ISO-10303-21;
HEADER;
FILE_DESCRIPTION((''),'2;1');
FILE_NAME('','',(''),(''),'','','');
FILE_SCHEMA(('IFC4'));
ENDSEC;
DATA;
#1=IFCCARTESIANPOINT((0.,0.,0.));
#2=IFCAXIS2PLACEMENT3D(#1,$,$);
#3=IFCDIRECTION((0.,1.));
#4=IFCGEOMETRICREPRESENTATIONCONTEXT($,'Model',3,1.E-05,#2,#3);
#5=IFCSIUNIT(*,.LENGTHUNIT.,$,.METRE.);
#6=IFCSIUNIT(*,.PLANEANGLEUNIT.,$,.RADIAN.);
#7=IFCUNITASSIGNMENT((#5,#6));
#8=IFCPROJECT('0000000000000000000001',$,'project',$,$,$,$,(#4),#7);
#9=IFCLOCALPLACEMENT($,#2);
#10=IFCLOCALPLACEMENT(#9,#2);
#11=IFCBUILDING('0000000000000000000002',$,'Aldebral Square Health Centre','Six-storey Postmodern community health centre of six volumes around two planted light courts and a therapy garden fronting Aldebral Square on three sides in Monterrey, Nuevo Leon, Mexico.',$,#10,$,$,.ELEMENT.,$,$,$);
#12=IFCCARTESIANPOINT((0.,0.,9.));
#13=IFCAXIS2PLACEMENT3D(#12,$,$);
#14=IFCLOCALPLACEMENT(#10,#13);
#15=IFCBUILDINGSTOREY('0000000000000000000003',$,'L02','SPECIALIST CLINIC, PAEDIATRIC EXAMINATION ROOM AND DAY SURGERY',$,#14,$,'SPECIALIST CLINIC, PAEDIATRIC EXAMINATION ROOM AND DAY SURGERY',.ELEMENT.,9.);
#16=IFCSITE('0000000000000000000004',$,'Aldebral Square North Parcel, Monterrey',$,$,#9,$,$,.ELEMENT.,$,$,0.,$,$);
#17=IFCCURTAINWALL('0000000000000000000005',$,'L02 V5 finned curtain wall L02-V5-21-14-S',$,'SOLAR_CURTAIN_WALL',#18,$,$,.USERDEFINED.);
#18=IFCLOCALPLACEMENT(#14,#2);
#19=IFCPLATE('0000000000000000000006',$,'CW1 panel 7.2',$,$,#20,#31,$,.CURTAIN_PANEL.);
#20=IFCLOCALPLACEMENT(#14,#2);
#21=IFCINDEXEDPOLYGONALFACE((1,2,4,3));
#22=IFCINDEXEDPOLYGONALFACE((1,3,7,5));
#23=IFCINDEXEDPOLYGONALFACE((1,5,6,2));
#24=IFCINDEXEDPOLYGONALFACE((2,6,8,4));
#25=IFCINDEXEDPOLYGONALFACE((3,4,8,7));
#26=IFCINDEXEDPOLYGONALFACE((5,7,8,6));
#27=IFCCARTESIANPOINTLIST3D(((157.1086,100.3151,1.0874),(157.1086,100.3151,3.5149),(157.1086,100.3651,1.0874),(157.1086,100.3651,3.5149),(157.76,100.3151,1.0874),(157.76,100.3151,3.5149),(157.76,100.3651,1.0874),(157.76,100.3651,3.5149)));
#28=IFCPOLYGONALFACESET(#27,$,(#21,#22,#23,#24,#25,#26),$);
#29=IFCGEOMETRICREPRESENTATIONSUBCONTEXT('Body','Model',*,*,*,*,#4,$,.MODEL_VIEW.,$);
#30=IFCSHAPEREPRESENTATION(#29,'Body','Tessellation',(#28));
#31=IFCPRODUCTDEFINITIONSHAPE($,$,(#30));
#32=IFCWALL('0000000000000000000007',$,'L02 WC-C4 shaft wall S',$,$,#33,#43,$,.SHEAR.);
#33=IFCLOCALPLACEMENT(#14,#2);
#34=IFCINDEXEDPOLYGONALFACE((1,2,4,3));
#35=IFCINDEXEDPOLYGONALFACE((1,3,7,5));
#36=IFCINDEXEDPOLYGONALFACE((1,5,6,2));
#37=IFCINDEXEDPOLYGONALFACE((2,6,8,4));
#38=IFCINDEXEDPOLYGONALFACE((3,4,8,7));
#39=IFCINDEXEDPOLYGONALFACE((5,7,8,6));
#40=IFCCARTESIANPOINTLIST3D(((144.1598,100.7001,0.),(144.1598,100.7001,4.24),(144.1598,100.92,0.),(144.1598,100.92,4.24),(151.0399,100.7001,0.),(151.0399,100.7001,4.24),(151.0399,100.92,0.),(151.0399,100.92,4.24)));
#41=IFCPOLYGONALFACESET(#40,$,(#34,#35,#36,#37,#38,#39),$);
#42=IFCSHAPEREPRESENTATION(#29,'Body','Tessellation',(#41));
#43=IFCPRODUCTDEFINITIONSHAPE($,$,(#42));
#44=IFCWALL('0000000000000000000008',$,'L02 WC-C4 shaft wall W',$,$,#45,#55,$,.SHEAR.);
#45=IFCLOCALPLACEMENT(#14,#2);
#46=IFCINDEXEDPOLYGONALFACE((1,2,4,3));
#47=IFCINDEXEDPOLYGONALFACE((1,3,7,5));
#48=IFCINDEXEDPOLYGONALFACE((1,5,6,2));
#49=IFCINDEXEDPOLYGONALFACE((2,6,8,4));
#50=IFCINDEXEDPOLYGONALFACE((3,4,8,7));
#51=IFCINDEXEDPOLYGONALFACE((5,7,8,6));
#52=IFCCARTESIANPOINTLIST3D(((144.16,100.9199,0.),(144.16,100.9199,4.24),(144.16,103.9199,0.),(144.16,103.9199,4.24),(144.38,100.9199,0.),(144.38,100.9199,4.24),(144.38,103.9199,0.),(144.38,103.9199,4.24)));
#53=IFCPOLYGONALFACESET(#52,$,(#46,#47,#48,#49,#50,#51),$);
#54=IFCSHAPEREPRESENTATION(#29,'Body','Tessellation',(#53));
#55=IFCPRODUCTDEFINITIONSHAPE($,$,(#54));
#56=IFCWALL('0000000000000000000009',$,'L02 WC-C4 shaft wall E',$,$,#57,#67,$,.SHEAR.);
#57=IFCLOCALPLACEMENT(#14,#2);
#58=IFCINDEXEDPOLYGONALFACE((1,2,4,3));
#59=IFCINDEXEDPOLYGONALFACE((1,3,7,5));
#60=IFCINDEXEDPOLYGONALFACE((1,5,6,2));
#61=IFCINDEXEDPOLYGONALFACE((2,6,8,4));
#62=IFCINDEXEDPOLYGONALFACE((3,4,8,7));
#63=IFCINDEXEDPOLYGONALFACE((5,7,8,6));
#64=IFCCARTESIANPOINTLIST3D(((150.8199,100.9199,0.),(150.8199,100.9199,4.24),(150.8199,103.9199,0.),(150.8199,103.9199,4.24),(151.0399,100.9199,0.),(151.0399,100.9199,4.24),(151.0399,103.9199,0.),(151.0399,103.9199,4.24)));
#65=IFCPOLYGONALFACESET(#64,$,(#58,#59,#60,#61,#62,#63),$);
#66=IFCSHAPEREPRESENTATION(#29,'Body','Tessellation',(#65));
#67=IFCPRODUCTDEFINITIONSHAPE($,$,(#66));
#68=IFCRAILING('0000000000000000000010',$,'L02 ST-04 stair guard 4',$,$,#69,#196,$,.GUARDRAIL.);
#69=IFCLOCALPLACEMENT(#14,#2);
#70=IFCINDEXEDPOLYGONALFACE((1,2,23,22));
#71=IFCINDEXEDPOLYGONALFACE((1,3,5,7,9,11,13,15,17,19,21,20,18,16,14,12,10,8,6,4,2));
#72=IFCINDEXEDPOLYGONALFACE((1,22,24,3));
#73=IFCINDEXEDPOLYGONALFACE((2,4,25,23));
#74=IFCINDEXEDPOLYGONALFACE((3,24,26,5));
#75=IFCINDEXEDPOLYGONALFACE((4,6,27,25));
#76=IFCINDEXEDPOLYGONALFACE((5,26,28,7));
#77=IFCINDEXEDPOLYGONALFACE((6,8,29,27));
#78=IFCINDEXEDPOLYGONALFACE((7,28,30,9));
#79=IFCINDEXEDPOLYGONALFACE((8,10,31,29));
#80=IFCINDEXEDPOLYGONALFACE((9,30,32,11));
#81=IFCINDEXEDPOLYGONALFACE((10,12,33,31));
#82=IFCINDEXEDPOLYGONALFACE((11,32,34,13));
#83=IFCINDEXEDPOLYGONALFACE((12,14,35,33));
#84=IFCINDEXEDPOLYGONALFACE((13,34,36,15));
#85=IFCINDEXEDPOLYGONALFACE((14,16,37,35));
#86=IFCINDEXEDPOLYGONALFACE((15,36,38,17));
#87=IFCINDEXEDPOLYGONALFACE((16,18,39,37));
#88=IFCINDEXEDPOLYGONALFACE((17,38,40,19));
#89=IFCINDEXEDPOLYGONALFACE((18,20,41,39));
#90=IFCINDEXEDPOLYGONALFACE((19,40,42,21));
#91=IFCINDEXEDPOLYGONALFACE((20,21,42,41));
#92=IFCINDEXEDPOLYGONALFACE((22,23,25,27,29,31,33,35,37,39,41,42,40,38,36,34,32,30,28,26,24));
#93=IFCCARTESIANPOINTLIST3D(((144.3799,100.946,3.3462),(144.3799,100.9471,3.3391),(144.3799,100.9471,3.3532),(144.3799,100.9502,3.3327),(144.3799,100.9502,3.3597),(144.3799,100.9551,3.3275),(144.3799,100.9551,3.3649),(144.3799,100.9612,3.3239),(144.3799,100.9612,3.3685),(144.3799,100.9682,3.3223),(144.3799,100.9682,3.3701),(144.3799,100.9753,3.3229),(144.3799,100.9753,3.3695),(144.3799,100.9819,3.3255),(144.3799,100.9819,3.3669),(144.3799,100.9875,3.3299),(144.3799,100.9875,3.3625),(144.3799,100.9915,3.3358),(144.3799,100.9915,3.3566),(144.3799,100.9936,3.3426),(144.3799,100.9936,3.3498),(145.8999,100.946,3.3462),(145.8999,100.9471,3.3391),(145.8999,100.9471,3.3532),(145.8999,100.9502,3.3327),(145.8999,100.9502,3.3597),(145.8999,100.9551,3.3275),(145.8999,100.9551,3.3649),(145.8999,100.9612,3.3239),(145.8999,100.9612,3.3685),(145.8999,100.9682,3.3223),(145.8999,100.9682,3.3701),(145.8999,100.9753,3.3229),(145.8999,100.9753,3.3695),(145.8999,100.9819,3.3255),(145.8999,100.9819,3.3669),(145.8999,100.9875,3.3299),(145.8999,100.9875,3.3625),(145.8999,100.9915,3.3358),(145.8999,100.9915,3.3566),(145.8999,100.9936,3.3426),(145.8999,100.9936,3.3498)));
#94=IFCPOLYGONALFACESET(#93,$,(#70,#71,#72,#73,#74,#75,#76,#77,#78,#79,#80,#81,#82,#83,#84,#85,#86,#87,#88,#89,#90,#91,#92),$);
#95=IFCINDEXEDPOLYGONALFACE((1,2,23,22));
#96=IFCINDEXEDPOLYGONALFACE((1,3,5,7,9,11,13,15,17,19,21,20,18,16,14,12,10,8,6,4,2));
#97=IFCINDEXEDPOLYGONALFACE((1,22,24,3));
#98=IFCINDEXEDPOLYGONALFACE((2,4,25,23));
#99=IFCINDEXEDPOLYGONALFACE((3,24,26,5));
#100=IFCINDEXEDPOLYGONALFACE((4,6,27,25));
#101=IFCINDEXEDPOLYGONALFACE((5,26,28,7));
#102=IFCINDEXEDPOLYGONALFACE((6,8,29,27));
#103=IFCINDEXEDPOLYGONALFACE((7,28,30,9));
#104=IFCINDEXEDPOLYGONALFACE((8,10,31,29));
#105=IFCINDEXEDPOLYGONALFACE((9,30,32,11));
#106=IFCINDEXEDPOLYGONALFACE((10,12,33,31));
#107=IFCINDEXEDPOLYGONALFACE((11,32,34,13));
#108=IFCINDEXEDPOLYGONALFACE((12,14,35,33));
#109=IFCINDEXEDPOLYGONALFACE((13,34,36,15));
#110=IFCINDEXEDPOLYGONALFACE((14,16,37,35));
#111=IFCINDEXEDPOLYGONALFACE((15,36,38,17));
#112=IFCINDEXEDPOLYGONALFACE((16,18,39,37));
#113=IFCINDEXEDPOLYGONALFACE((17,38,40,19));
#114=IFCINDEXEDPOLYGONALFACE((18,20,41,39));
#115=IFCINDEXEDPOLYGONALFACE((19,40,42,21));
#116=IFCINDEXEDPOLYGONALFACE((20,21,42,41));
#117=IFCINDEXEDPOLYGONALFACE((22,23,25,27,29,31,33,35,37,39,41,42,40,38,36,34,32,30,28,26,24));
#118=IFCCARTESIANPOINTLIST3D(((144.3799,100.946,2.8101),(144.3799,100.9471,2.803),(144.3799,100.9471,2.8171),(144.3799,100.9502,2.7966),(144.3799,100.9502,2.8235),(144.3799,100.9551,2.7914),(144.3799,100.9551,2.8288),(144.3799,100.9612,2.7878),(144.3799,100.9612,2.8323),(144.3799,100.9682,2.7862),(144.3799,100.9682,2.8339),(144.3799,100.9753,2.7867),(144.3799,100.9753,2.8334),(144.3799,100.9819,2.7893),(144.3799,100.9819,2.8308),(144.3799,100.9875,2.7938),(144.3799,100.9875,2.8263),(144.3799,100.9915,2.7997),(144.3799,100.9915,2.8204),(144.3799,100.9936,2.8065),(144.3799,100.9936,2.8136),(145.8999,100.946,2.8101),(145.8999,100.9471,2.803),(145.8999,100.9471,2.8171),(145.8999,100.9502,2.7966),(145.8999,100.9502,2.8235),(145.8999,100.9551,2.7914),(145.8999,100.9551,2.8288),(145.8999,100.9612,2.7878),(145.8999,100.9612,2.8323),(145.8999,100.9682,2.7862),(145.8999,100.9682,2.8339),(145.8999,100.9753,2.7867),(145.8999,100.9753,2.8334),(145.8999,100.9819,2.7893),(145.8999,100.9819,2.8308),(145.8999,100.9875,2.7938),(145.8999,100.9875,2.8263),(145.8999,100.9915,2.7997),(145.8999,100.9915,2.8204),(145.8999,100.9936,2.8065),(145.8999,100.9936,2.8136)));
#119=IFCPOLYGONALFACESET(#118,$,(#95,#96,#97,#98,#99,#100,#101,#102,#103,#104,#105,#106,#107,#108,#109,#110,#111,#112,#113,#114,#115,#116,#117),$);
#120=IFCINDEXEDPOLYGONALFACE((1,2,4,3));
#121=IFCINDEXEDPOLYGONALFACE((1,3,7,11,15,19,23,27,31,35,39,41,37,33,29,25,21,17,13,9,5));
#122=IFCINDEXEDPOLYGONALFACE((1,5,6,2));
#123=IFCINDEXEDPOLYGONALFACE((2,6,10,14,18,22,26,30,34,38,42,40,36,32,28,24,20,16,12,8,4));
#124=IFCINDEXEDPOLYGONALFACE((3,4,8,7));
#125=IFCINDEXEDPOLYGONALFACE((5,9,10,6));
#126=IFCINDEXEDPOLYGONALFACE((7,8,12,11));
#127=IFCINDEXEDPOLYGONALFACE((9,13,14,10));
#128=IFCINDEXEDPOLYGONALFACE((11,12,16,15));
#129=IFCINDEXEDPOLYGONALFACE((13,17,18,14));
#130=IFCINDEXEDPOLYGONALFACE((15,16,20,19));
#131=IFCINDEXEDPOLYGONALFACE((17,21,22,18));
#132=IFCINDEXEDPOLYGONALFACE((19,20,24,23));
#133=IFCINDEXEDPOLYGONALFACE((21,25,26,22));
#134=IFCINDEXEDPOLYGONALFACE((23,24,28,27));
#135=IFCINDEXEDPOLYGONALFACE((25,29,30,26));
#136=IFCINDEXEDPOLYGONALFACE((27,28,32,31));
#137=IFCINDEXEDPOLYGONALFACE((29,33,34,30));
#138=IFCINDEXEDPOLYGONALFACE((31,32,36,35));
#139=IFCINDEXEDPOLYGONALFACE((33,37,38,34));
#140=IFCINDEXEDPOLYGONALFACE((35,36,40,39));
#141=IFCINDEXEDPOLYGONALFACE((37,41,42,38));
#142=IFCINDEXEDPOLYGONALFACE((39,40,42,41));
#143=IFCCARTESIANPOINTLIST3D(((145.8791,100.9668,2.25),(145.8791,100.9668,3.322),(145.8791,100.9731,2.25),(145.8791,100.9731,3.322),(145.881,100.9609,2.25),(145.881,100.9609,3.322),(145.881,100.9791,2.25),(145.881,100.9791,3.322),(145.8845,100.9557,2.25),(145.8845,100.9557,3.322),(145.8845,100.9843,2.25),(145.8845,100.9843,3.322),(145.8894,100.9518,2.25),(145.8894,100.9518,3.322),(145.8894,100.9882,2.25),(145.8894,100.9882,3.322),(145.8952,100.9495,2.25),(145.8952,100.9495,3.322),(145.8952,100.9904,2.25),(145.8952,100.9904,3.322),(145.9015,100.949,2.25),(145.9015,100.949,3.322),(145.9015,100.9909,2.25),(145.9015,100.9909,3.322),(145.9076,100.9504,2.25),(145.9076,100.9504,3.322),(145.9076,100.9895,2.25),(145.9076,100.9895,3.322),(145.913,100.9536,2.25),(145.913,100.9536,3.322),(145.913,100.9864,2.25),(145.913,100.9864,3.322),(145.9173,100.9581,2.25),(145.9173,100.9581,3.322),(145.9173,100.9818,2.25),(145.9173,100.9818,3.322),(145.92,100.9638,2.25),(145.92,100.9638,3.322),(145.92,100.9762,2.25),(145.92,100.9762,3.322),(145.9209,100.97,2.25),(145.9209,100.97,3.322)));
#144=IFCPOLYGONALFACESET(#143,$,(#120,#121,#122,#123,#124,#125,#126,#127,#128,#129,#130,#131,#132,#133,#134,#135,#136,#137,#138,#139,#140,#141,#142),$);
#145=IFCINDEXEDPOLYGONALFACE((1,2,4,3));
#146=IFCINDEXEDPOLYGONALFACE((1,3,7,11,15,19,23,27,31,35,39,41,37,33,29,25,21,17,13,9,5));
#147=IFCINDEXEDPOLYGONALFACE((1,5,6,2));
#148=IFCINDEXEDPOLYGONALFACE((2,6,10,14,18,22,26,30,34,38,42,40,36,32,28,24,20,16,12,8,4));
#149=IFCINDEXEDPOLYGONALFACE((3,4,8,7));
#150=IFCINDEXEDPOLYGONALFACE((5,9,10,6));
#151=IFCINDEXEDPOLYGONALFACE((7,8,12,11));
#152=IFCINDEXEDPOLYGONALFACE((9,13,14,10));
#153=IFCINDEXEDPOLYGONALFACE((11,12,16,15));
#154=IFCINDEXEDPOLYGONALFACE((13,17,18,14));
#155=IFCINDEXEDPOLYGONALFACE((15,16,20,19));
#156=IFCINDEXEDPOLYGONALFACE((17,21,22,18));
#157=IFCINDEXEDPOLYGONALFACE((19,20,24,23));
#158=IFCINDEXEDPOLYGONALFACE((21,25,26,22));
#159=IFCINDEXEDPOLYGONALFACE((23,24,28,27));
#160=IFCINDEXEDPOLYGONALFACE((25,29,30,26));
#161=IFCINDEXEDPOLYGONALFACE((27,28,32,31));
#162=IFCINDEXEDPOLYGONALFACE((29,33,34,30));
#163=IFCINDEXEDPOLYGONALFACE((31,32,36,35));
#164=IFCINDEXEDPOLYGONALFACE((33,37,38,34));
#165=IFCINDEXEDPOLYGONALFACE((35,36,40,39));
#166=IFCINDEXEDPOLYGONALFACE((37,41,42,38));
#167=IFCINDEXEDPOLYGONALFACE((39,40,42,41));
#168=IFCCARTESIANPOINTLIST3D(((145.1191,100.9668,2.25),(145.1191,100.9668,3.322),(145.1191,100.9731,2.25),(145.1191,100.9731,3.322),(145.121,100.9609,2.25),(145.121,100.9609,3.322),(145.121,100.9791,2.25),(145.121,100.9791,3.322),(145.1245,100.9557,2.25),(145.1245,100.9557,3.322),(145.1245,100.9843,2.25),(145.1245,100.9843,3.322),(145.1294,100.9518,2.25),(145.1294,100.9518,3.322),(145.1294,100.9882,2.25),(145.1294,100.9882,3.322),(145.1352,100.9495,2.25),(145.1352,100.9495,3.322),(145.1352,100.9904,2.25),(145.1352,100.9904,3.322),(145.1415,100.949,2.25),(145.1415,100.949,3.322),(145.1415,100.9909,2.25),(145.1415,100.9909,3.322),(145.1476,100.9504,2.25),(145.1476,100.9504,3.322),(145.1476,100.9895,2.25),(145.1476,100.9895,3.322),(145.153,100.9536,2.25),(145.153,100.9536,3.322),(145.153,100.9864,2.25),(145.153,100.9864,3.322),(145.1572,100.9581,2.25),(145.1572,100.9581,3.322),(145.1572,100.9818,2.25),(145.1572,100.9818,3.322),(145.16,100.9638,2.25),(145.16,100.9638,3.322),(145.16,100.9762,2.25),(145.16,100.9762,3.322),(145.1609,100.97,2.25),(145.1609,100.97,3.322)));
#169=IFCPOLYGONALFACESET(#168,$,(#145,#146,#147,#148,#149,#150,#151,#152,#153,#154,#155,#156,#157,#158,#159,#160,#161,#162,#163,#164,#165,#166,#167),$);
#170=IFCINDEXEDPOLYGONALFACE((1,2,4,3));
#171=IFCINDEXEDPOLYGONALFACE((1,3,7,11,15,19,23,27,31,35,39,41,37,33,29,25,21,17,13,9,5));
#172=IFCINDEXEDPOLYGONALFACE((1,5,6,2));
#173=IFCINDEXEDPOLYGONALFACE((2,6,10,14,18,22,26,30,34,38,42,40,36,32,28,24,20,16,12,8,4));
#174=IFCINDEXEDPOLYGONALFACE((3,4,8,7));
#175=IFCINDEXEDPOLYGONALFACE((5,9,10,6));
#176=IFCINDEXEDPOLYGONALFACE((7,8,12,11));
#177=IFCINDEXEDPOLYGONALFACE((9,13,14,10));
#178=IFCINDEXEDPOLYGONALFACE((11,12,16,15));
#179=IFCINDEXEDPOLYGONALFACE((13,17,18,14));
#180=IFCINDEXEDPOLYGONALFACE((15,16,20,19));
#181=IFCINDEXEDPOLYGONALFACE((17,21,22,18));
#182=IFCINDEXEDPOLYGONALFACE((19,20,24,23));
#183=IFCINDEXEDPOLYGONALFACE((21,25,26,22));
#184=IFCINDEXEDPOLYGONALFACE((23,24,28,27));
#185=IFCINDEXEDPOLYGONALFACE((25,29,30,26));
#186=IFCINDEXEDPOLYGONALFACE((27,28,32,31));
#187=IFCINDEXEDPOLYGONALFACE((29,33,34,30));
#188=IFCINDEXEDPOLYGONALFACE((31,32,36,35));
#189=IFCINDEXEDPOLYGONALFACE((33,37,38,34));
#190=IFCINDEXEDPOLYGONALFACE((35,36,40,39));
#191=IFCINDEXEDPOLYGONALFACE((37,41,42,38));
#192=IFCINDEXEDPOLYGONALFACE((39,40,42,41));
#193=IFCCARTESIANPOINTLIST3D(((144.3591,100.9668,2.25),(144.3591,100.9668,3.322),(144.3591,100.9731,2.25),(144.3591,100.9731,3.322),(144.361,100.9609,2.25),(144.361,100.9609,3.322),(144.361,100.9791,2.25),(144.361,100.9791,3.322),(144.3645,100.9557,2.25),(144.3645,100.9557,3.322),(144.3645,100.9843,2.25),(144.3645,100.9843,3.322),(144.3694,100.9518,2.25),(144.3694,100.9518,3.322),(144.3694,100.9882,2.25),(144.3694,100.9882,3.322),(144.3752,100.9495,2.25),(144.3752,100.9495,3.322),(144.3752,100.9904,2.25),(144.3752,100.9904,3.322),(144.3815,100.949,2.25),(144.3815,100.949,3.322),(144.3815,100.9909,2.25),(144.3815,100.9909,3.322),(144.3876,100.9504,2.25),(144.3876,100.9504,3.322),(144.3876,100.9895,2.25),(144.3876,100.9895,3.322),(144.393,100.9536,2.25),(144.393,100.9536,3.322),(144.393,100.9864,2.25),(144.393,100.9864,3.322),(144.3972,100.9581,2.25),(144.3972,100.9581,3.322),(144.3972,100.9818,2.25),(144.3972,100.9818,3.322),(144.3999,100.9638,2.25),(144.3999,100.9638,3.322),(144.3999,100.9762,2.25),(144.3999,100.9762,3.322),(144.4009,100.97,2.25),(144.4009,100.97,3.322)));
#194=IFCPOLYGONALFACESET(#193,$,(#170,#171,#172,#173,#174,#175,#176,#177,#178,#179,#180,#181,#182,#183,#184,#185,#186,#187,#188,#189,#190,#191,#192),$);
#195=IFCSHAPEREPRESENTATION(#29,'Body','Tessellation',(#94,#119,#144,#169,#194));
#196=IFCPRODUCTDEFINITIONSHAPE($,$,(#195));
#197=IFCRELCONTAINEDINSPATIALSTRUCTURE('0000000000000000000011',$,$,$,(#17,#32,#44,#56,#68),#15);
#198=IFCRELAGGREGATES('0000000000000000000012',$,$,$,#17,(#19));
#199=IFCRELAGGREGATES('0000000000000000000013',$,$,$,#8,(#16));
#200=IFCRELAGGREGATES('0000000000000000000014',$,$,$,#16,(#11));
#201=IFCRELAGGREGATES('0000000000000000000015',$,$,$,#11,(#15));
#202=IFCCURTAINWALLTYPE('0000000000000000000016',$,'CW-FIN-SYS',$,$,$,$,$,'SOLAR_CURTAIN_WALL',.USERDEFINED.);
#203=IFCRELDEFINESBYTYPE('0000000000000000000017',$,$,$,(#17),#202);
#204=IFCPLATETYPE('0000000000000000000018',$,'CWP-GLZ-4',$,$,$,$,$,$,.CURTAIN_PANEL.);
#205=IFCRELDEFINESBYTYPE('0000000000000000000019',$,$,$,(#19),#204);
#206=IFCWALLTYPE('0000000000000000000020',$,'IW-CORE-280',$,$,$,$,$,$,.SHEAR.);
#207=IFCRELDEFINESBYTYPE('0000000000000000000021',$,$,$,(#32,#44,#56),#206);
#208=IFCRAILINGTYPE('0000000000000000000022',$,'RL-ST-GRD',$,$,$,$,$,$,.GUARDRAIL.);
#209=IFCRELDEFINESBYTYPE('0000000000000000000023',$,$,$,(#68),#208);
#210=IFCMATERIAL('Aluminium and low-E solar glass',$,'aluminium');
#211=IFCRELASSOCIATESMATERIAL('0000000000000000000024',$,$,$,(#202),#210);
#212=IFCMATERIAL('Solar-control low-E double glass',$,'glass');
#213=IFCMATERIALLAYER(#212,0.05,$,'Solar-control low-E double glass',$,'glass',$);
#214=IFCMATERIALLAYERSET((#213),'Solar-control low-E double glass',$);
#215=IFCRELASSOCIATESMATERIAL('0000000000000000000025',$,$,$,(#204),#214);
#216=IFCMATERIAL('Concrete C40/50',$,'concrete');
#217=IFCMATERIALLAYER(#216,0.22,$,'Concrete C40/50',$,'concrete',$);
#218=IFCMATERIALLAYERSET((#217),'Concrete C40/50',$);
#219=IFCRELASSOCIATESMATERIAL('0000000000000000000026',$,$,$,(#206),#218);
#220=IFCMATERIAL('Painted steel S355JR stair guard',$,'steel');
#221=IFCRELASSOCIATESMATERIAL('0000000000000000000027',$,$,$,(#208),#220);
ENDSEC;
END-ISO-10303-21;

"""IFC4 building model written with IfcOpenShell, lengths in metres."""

from ifc_helpers import new_model, si_unit, direction, frame, frame_2d, origin, origin_2d, place, context, subcontext, project, spatial, rectangle, circle, extrude, material, layer, layer_set, type_object, element, aggregate, save


model = new_model("IFC4")

# Units and contexts
model_context = context("Model", 3, precision=1e-05, world=origin(), true_north=direction((0.0, 1.0)))
body_context = subcontext(model_context, "Body", "Model", "MODEL_VIEW")
ifc_project = project(units=[si_unit("LENGTHUNIT", "METRE"), si_unit("PLANEANGLEUNIT", "RADIAN")], contexts=[model_context])

# Site, building, storey
site_placement = place(None, origin())
site = spatial("IfcSite", under=ifc_project, at=site_placement, Name="Aldebral Square North Parcel, Monterrey", CompositionType="ELEMENT", RefElevation=0.0)
building_placement = place(site_placement, origin())
building = spatial("IfcBuilding", under=site, at=building_placement, Name="Aldebral Square Health Centre", Description="Six-storey Postmodern community health centre of six volumes around two planted light courts and a therapy garden fronting Aldebral Square on three sides in Monterrey, Nuevo Leon, Mexico.", CompositionType="ELEMENT")
storey_placement = place(building_placement, frame((0.0, 0.0, 9.0)))
storey = spatial("IfcBuildingStorey", under=building, at=storey_placement, Name="L02", Description="SPECIALIST CLINIC, PAEDIATRIC EXAMINATION ROOM AND DAY SURGERY", LongName="SPECIALIST CLINIC, PAEDIATRIC EXAMINATION ROOM AND DAY SURGERY", CompositionType="ELEMENT", Elevation=9.0)

# Shared definitions
ifc_material_1 = material(Name="Concrete C40/50", Category="concrete")

# Curtain wall, plate
ifc_material_2 = material(Name="Aluminium and low-E solar glass", Category="aluminium")
curtain_wall_type = type_object("IfcCurtainWallType", Name="CW-FIN-SYS", ElementType="SOLAR_CURTAIN_WALL", PredefinedType="USERDEFINED", material=ifc_material_2)
curtain_wall_placement = place(storey_placement, origin())
curtain_wall = element("IfcCurtainWall", 1, at=curtain_wall_placement, inside=storey, type_object=curtain_wall_type, Name="L02 V5 finned curtain wall L02-V5-21-14-S", ObjectType="SOLAR_CURTAIN_WALL", PredefinedType="USERDEFINED")
ifc_material_3 = material(Name="Solar-control low-E double glass", Category="glass")
ifc_layer_1 = layer(ifc_material_3, 0.05, Name="Solar-control low-E double glass", Category="glass")
ifc_layer_set_1 = layer_set([ifc_layer_1], Name="Solar-control low-E double glass")
plate_type = type_object("IfcPlateType", Name="CWP-GLZ-4", PredefinedType="CURTAIN_PANEL", material=ifc_layer_set_1)
plate_1_placement = place(storey_placement, frame((157.4343, 100.3401, 1.0874), z_axis=(0.0, 0.0, 1.0), x_axis=(1.0, 0.0, 0.0)))
plate_1 = element("IfcPlate", 2, at=plate_1_placement, type_object=plate_type, Name="CW1 panel 7.2", PredefinedType="CURTAIN_PANEL", context=body_context, shape_type="SweptSolid", body=[
    extrude(rectangle(XDim=0.6514, YDim=0.05, at=origin_2d()), origin(), (0.0, 0.0, 1.0), 2.4275),
])
aggregate(curtain_wall, [plate_1])

# Walls
ifc_layer_2 = layer(ifc_material_1, 0.22, Name="Concrete C40/50", Category="concrete")
ifc_layer_set_2 = layer_set([ifc_layer_2], Name="Concrete C40/50")
wall_type = type_object("IfcWallType", Name="IW-CORE-280", PredefinedType="SHEAR", material=ifc_layer_set_2)
wall_placement = place(storey_placement, frame((144.1599, 100.8101, 0.0), z_axis=(0.0, 0.0, 1.0), x_axis=(1.0, 0.0, 0.0)))
element("IfcWall", 3, at=wall_placement, inside=storey, type_object=wall_type, Name="L02 WC-C4 shaft wall S", PredefinedType="SHEAR", context=body_context, shape_type="SweptSolid", body=[
    extrude(rectangle(XDim=6.8801, YDim=0.22, at=frame_2d((3.4399, 0.0))), origin(), (0.0, 0.0, 1.0), 4.24),
])
for number, where, z_axis, x_axis, name in (
    (4, (144.27, 100.9199, 0.0), (0.0, 0.0, 1.0), (0.0, 1.0, 0.0), "L02 WC-C4 shaft wall W"),
    (5, (150.9299, 100.9199, 0.0), (0.0, 0.0, 1.0), (0.0, 1.0, 0.0), "L02 WC-C4 shaft wall E"),
):
    element("IfcWall", number, at=place(storey_placement, frame(where, z_axis=z_axis, x_axis=x_axis)), inside=storey, type_object=wall_type, Name=name, PredefinedType="SHEAR", context=body_context, shape_type="SweptSolid", body=[
        extrude(rectangle(XDim=3.0, YDim=0.22, at=frame_2d((1.5, 0.0))), origin(), (0.0, 0.0, 1.0), 4.24),
    ])

# Railing
ifc_material_4 = material(Name="Painted steel S355JR stair guard", Category="steel")
railing_type_1 = type_object("IfcRailingType", Name="RL-ST-GRD", PredefinedType="GUARDRAIL", material=ifc_material_4)
railing_1_placement = place(storey_placement, frame((145.8999, 100.97, 2.25)))
element("IfcRailing", 6, at=railing_1_placement, inside=storey, type_object=railing_type_1, Name="L02 ST-04 stair guard 4", PredefinedType="GUARDRAIL", context=body_context, shape_type="SweptSolid", body=[
    extrude(circle(Radius=0.0239, at=origin_2d()), frame((0.0, 0.0, 1.0962), z_axis=(-1.0, 0.0, 0.0), x_axis=(0.0, -1.0, 0.0)), (0.0, 0.0, 1.0), 1.52),
    extrude(circle(Radius=0.0239, at=origin_2d()), frame((0.0, 0.0, 0.5601), z_axis=(-1.0, 0.0, 0.0), x_axis=(0.0, -1.0, 0.0)), (0.0, 0.0, 1.0), 1.52),
    extrude(circle(Radius=0.021, at=origin_2d()), origin(), (0.0, 0.0, 1.0), 1.072),
    extrude(circle(Radius=0.021, at=origin_2d()), frame((-0.76, 0.0, 0.0)), (0.0, 0.0, 1.0), 1.072),
    extrude(circle(Radius=0.021, at=origin_2d()), frame((-1.52, 0.0, 0.0)), (0.0, 0.0, 1.0), 1.072),
])

save(model, "model.ifc")
